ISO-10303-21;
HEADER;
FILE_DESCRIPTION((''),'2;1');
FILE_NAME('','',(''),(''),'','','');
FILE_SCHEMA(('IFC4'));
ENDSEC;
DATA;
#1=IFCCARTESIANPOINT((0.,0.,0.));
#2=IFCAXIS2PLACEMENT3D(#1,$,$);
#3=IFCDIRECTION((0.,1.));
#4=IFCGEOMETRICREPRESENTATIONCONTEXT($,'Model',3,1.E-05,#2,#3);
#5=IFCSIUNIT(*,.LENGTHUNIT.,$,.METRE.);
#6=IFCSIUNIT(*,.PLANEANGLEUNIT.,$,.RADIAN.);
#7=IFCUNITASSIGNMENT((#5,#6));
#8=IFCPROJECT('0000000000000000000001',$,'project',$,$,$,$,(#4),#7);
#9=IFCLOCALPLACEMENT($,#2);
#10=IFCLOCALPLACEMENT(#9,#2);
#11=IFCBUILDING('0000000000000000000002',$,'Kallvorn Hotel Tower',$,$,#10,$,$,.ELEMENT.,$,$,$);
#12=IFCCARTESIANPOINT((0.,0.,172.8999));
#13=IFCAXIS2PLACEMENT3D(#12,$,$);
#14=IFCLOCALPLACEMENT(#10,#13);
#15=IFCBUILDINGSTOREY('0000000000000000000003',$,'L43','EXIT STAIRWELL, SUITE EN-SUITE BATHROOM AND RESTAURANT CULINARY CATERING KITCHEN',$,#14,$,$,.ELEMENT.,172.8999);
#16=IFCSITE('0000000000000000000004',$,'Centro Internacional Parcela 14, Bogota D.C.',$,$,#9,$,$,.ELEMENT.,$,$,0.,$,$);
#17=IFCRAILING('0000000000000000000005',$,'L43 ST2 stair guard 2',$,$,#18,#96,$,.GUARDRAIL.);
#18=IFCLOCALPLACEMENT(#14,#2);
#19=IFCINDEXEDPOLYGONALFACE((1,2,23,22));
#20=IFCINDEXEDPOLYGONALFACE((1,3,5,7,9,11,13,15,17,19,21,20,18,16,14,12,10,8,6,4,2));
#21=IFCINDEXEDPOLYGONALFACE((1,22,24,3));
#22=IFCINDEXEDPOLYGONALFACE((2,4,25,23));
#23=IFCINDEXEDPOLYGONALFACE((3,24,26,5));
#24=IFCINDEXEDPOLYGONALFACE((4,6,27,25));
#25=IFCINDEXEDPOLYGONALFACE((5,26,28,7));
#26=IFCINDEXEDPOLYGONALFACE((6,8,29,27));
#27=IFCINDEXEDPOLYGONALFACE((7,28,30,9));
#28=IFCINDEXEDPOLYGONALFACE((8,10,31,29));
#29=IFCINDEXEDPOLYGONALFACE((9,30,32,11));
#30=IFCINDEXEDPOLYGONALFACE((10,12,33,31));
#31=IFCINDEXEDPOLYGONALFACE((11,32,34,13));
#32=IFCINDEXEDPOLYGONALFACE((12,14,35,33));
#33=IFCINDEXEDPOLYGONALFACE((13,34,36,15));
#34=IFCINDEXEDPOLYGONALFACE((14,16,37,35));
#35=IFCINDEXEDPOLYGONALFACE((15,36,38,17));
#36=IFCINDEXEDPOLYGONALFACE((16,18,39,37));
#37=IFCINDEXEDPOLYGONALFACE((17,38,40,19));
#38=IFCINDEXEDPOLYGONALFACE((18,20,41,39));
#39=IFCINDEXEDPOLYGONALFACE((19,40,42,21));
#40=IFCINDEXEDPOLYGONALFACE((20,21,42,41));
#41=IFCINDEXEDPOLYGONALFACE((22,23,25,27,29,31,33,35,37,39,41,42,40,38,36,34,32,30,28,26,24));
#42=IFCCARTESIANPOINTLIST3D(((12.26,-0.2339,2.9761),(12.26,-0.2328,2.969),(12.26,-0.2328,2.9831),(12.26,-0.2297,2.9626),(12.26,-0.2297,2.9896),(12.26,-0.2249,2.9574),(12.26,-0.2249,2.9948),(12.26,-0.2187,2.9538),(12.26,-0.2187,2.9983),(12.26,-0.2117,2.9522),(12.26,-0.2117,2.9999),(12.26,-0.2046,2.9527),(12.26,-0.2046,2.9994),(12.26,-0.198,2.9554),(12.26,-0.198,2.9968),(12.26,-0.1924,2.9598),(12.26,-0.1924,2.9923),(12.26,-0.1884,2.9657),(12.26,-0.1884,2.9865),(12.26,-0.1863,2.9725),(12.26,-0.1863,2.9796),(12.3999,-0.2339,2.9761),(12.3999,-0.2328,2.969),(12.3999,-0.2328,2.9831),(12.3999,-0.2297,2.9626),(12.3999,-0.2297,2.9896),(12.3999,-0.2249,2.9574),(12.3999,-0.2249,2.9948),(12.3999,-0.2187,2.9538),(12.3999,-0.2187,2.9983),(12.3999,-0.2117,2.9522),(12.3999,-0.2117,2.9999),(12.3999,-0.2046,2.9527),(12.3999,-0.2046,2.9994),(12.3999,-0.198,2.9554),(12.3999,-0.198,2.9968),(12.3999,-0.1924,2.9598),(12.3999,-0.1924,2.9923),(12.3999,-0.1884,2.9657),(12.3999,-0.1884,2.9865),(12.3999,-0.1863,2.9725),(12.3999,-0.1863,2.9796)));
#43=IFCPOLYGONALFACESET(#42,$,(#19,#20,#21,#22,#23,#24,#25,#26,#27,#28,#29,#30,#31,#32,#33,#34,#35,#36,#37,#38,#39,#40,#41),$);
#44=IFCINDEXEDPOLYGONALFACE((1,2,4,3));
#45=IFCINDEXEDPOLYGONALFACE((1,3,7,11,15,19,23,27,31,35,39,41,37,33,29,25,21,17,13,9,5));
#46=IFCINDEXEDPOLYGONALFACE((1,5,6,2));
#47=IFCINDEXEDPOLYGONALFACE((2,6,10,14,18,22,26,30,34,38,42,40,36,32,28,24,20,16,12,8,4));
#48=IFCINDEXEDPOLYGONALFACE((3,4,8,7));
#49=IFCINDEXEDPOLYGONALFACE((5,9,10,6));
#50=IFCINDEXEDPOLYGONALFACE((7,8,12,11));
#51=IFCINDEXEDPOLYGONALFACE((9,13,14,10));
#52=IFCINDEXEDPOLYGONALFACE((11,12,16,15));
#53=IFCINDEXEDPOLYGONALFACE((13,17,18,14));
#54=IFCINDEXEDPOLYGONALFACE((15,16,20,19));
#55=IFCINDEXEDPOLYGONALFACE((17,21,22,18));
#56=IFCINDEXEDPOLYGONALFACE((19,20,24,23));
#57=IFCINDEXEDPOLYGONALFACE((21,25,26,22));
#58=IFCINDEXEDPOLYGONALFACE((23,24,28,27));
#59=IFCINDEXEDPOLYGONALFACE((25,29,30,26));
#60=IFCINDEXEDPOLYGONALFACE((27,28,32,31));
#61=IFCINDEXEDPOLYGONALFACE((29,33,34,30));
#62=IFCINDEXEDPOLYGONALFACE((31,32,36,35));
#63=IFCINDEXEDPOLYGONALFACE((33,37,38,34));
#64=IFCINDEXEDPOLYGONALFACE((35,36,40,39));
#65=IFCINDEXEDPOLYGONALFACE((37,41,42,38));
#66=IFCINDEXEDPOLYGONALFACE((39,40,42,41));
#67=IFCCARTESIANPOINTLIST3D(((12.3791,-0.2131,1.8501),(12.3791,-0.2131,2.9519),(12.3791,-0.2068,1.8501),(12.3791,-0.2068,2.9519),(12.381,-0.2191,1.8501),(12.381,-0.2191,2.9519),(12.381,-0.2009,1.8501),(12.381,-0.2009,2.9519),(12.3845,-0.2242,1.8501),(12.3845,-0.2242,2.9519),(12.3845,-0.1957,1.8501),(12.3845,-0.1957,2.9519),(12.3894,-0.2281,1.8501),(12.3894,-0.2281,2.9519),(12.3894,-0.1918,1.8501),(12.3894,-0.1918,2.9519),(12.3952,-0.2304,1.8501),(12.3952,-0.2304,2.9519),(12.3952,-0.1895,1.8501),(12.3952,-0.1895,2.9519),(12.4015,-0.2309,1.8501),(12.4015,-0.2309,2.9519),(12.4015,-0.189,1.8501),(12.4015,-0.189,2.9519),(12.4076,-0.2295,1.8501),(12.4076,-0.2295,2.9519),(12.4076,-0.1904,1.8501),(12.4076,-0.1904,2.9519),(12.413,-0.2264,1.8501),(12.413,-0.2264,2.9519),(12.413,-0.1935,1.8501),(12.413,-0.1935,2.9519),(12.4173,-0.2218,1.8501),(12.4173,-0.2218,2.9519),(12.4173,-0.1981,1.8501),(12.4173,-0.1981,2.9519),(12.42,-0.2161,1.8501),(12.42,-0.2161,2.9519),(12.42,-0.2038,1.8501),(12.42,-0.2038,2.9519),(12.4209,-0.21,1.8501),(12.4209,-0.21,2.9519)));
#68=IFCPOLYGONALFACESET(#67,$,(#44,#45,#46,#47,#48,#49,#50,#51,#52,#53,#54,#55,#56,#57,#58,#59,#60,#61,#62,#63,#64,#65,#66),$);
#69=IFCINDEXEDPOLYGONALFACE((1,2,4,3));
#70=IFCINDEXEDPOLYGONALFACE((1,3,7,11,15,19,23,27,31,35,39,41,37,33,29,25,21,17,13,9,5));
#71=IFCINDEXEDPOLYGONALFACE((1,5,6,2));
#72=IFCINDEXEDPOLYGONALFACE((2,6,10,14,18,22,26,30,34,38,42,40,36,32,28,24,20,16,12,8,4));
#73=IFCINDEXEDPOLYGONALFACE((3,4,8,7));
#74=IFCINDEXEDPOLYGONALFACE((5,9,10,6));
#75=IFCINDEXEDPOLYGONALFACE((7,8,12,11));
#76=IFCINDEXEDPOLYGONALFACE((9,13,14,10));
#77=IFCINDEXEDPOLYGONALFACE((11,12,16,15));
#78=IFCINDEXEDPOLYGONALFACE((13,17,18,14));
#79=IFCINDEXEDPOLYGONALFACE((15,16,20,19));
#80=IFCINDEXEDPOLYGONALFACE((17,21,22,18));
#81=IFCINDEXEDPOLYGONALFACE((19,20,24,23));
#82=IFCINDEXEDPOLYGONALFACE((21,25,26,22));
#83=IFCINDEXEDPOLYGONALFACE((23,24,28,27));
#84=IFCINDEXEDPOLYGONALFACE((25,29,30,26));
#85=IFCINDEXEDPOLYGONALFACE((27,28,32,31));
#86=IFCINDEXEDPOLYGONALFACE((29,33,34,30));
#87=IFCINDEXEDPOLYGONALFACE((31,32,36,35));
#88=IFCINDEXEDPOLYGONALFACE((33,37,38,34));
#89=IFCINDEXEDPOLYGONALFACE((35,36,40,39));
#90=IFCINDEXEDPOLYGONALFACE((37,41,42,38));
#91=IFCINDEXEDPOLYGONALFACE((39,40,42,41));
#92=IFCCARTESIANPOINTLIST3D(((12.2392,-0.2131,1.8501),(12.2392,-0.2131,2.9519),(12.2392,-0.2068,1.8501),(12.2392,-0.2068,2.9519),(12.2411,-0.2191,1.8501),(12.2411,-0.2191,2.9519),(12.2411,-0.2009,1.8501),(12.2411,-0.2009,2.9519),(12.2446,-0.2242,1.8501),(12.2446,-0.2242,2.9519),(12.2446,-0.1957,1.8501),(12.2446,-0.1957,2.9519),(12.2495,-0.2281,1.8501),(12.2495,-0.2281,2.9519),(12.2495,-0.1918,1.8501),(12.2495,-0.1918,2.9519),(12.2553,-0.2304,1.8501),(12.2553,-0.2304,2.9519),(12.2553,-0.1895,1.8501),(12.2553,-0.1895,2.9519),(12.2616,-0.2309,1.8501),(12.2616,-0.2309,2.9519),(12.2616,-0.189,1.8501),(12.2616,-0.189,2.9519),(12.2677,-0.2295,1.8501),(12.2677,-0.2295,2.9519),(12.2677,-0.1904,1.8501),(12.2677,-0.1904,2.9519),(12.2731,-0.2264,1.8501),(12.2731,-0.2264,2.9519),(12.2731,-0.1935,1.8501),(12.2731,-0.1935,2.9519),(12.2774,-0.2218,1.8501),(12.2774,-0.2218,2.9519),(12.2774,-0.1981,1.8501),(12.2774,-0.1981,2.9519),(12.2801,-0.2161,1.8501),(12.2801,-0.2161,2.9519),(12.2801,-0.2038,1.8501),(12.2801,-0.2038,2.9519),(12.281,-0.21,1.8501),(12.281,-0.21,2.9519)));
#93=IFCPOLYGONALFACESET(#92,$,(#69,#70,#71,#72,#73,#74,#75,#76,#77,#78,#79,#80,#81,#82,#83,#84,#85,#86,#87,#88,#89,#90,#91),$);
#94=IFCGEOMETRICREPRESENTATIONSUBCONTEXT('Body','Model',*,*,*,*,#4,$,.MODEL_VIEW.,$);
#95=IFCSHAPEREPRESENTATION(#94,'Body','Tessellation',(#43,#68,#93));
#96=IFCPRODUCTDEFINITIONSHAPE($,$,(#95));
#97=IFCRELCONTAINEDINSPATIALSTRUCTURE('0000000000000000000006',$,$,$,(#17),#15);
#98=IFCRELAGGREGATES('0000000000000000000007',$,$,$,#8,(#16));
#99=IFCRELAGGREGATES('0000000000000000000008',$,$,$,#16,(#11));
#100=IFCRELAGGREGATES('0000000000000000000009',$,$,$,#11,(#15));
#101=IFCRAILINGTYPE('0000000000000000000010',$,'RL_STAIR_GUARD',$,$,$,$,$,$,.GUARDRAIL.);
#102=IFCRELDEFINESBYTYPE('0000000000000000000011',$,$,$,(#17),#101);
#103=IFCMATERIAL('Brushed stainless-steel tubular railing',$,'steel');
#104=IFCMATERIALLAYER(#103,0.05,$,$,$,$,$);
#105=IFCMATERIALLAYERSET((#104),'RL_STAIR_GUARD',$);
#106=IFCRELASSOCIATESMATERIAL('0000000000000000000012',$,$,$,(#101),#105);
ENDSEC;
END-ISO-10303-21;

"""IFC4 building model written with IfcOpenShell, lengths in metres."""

from ifc_helpers import new_model, si_unit, direction, frame, origin, origin_2d, place, context, subcontext, project, spatial, circle, extrude, material, layer, layer_set, type_object, element, save


model = new_model("IFC4")

# Units and contexts
model_context = context("Model", 3, precision=1e-05, world=origin(), true_north=direction((0.0, 1.0)))
body_context = subcontext(model_context, "Body", "Model", "MODEL_VIEW")
ifc_project = project(units=[si_unit("LENGTHUNIT", "METRE"), si_unit("PLANEANGLEUNIT", "RADIAN")], contexts=[model_context])

# Site, building, storey
site_placement = place(None, origin())
site = spatial("IfcSite", under=ifc_project, at=site_placement, Name="Centro Internacional Parcela 14, Bogota D.C.", CompositionType="ELEMENT", RefElevation=0.0)
building_placement = place(site_placement, origin())
building = spatial("IfcBuilding", under=site, at=building_placement, Name="Kallvorn Hotel Tower", CompositionType="ELEMENT")
storey_placement = place(building_placement, frame((0.0, 0.0, 172.8999)))
storey = spatial("IfcBuildingStorey", under=building, at=storey_placement, Name="L43", Description="EXIT STAIRWELL, SUITE EN-SUITE BATHROOM AND RESTAURANT CULINARY CATERING KITCHEN", CompositionType="ELEMENT", Elevation=172.8999)

# Railing
ifc_material_1 = material(Name="Brushed stainless-steel tubular railing", Category="steel")
ifc_layer_1 = layer(ifc_material_1, 0.05)
ifc_layer_set_1 = layer_set([ifc_layer_1], Name="RL_STAIR_GUARD")
railing_type = type_object("IfcRailingType", Name="RL_STAIR_GUARD", PredefinedType="GUARDRAIL", material=ifc_layer_set_1)
railing_1_placement = place(storey_placement, frame((12.3999, -0.21, 1.8501)))
element("IfcRailing", 1, at=railing_1_placement, inside=storey, type_object=railing_type, Name="L43 ST2 stair guard 2", PredefinedType="GUARDRAIL", context=body_context, shape_type="SweptSolid", body=[
    extrude(circle(Radius=0.0239, at=origin_2d()), frame((0.0, 0.0, 1.126), z_axis=(-1.0, 0.0, 0.0), x_axis=(0.0, -1.0, 0.0)), (0.0, 0.0, 1.0), 0.1399),
    extrude(circle(Radius=0.021, at=origin_2d()), origin(), (0.0, 0.0, 1.0), 1.1018),
    extrude(circle(Radius=0.021, at=origin_2d()), frame((-0.1399, 0.0, 0.0)), (0.0, 0.0, 1.0), 1.1018),
])

save(model, "model.ifc")
